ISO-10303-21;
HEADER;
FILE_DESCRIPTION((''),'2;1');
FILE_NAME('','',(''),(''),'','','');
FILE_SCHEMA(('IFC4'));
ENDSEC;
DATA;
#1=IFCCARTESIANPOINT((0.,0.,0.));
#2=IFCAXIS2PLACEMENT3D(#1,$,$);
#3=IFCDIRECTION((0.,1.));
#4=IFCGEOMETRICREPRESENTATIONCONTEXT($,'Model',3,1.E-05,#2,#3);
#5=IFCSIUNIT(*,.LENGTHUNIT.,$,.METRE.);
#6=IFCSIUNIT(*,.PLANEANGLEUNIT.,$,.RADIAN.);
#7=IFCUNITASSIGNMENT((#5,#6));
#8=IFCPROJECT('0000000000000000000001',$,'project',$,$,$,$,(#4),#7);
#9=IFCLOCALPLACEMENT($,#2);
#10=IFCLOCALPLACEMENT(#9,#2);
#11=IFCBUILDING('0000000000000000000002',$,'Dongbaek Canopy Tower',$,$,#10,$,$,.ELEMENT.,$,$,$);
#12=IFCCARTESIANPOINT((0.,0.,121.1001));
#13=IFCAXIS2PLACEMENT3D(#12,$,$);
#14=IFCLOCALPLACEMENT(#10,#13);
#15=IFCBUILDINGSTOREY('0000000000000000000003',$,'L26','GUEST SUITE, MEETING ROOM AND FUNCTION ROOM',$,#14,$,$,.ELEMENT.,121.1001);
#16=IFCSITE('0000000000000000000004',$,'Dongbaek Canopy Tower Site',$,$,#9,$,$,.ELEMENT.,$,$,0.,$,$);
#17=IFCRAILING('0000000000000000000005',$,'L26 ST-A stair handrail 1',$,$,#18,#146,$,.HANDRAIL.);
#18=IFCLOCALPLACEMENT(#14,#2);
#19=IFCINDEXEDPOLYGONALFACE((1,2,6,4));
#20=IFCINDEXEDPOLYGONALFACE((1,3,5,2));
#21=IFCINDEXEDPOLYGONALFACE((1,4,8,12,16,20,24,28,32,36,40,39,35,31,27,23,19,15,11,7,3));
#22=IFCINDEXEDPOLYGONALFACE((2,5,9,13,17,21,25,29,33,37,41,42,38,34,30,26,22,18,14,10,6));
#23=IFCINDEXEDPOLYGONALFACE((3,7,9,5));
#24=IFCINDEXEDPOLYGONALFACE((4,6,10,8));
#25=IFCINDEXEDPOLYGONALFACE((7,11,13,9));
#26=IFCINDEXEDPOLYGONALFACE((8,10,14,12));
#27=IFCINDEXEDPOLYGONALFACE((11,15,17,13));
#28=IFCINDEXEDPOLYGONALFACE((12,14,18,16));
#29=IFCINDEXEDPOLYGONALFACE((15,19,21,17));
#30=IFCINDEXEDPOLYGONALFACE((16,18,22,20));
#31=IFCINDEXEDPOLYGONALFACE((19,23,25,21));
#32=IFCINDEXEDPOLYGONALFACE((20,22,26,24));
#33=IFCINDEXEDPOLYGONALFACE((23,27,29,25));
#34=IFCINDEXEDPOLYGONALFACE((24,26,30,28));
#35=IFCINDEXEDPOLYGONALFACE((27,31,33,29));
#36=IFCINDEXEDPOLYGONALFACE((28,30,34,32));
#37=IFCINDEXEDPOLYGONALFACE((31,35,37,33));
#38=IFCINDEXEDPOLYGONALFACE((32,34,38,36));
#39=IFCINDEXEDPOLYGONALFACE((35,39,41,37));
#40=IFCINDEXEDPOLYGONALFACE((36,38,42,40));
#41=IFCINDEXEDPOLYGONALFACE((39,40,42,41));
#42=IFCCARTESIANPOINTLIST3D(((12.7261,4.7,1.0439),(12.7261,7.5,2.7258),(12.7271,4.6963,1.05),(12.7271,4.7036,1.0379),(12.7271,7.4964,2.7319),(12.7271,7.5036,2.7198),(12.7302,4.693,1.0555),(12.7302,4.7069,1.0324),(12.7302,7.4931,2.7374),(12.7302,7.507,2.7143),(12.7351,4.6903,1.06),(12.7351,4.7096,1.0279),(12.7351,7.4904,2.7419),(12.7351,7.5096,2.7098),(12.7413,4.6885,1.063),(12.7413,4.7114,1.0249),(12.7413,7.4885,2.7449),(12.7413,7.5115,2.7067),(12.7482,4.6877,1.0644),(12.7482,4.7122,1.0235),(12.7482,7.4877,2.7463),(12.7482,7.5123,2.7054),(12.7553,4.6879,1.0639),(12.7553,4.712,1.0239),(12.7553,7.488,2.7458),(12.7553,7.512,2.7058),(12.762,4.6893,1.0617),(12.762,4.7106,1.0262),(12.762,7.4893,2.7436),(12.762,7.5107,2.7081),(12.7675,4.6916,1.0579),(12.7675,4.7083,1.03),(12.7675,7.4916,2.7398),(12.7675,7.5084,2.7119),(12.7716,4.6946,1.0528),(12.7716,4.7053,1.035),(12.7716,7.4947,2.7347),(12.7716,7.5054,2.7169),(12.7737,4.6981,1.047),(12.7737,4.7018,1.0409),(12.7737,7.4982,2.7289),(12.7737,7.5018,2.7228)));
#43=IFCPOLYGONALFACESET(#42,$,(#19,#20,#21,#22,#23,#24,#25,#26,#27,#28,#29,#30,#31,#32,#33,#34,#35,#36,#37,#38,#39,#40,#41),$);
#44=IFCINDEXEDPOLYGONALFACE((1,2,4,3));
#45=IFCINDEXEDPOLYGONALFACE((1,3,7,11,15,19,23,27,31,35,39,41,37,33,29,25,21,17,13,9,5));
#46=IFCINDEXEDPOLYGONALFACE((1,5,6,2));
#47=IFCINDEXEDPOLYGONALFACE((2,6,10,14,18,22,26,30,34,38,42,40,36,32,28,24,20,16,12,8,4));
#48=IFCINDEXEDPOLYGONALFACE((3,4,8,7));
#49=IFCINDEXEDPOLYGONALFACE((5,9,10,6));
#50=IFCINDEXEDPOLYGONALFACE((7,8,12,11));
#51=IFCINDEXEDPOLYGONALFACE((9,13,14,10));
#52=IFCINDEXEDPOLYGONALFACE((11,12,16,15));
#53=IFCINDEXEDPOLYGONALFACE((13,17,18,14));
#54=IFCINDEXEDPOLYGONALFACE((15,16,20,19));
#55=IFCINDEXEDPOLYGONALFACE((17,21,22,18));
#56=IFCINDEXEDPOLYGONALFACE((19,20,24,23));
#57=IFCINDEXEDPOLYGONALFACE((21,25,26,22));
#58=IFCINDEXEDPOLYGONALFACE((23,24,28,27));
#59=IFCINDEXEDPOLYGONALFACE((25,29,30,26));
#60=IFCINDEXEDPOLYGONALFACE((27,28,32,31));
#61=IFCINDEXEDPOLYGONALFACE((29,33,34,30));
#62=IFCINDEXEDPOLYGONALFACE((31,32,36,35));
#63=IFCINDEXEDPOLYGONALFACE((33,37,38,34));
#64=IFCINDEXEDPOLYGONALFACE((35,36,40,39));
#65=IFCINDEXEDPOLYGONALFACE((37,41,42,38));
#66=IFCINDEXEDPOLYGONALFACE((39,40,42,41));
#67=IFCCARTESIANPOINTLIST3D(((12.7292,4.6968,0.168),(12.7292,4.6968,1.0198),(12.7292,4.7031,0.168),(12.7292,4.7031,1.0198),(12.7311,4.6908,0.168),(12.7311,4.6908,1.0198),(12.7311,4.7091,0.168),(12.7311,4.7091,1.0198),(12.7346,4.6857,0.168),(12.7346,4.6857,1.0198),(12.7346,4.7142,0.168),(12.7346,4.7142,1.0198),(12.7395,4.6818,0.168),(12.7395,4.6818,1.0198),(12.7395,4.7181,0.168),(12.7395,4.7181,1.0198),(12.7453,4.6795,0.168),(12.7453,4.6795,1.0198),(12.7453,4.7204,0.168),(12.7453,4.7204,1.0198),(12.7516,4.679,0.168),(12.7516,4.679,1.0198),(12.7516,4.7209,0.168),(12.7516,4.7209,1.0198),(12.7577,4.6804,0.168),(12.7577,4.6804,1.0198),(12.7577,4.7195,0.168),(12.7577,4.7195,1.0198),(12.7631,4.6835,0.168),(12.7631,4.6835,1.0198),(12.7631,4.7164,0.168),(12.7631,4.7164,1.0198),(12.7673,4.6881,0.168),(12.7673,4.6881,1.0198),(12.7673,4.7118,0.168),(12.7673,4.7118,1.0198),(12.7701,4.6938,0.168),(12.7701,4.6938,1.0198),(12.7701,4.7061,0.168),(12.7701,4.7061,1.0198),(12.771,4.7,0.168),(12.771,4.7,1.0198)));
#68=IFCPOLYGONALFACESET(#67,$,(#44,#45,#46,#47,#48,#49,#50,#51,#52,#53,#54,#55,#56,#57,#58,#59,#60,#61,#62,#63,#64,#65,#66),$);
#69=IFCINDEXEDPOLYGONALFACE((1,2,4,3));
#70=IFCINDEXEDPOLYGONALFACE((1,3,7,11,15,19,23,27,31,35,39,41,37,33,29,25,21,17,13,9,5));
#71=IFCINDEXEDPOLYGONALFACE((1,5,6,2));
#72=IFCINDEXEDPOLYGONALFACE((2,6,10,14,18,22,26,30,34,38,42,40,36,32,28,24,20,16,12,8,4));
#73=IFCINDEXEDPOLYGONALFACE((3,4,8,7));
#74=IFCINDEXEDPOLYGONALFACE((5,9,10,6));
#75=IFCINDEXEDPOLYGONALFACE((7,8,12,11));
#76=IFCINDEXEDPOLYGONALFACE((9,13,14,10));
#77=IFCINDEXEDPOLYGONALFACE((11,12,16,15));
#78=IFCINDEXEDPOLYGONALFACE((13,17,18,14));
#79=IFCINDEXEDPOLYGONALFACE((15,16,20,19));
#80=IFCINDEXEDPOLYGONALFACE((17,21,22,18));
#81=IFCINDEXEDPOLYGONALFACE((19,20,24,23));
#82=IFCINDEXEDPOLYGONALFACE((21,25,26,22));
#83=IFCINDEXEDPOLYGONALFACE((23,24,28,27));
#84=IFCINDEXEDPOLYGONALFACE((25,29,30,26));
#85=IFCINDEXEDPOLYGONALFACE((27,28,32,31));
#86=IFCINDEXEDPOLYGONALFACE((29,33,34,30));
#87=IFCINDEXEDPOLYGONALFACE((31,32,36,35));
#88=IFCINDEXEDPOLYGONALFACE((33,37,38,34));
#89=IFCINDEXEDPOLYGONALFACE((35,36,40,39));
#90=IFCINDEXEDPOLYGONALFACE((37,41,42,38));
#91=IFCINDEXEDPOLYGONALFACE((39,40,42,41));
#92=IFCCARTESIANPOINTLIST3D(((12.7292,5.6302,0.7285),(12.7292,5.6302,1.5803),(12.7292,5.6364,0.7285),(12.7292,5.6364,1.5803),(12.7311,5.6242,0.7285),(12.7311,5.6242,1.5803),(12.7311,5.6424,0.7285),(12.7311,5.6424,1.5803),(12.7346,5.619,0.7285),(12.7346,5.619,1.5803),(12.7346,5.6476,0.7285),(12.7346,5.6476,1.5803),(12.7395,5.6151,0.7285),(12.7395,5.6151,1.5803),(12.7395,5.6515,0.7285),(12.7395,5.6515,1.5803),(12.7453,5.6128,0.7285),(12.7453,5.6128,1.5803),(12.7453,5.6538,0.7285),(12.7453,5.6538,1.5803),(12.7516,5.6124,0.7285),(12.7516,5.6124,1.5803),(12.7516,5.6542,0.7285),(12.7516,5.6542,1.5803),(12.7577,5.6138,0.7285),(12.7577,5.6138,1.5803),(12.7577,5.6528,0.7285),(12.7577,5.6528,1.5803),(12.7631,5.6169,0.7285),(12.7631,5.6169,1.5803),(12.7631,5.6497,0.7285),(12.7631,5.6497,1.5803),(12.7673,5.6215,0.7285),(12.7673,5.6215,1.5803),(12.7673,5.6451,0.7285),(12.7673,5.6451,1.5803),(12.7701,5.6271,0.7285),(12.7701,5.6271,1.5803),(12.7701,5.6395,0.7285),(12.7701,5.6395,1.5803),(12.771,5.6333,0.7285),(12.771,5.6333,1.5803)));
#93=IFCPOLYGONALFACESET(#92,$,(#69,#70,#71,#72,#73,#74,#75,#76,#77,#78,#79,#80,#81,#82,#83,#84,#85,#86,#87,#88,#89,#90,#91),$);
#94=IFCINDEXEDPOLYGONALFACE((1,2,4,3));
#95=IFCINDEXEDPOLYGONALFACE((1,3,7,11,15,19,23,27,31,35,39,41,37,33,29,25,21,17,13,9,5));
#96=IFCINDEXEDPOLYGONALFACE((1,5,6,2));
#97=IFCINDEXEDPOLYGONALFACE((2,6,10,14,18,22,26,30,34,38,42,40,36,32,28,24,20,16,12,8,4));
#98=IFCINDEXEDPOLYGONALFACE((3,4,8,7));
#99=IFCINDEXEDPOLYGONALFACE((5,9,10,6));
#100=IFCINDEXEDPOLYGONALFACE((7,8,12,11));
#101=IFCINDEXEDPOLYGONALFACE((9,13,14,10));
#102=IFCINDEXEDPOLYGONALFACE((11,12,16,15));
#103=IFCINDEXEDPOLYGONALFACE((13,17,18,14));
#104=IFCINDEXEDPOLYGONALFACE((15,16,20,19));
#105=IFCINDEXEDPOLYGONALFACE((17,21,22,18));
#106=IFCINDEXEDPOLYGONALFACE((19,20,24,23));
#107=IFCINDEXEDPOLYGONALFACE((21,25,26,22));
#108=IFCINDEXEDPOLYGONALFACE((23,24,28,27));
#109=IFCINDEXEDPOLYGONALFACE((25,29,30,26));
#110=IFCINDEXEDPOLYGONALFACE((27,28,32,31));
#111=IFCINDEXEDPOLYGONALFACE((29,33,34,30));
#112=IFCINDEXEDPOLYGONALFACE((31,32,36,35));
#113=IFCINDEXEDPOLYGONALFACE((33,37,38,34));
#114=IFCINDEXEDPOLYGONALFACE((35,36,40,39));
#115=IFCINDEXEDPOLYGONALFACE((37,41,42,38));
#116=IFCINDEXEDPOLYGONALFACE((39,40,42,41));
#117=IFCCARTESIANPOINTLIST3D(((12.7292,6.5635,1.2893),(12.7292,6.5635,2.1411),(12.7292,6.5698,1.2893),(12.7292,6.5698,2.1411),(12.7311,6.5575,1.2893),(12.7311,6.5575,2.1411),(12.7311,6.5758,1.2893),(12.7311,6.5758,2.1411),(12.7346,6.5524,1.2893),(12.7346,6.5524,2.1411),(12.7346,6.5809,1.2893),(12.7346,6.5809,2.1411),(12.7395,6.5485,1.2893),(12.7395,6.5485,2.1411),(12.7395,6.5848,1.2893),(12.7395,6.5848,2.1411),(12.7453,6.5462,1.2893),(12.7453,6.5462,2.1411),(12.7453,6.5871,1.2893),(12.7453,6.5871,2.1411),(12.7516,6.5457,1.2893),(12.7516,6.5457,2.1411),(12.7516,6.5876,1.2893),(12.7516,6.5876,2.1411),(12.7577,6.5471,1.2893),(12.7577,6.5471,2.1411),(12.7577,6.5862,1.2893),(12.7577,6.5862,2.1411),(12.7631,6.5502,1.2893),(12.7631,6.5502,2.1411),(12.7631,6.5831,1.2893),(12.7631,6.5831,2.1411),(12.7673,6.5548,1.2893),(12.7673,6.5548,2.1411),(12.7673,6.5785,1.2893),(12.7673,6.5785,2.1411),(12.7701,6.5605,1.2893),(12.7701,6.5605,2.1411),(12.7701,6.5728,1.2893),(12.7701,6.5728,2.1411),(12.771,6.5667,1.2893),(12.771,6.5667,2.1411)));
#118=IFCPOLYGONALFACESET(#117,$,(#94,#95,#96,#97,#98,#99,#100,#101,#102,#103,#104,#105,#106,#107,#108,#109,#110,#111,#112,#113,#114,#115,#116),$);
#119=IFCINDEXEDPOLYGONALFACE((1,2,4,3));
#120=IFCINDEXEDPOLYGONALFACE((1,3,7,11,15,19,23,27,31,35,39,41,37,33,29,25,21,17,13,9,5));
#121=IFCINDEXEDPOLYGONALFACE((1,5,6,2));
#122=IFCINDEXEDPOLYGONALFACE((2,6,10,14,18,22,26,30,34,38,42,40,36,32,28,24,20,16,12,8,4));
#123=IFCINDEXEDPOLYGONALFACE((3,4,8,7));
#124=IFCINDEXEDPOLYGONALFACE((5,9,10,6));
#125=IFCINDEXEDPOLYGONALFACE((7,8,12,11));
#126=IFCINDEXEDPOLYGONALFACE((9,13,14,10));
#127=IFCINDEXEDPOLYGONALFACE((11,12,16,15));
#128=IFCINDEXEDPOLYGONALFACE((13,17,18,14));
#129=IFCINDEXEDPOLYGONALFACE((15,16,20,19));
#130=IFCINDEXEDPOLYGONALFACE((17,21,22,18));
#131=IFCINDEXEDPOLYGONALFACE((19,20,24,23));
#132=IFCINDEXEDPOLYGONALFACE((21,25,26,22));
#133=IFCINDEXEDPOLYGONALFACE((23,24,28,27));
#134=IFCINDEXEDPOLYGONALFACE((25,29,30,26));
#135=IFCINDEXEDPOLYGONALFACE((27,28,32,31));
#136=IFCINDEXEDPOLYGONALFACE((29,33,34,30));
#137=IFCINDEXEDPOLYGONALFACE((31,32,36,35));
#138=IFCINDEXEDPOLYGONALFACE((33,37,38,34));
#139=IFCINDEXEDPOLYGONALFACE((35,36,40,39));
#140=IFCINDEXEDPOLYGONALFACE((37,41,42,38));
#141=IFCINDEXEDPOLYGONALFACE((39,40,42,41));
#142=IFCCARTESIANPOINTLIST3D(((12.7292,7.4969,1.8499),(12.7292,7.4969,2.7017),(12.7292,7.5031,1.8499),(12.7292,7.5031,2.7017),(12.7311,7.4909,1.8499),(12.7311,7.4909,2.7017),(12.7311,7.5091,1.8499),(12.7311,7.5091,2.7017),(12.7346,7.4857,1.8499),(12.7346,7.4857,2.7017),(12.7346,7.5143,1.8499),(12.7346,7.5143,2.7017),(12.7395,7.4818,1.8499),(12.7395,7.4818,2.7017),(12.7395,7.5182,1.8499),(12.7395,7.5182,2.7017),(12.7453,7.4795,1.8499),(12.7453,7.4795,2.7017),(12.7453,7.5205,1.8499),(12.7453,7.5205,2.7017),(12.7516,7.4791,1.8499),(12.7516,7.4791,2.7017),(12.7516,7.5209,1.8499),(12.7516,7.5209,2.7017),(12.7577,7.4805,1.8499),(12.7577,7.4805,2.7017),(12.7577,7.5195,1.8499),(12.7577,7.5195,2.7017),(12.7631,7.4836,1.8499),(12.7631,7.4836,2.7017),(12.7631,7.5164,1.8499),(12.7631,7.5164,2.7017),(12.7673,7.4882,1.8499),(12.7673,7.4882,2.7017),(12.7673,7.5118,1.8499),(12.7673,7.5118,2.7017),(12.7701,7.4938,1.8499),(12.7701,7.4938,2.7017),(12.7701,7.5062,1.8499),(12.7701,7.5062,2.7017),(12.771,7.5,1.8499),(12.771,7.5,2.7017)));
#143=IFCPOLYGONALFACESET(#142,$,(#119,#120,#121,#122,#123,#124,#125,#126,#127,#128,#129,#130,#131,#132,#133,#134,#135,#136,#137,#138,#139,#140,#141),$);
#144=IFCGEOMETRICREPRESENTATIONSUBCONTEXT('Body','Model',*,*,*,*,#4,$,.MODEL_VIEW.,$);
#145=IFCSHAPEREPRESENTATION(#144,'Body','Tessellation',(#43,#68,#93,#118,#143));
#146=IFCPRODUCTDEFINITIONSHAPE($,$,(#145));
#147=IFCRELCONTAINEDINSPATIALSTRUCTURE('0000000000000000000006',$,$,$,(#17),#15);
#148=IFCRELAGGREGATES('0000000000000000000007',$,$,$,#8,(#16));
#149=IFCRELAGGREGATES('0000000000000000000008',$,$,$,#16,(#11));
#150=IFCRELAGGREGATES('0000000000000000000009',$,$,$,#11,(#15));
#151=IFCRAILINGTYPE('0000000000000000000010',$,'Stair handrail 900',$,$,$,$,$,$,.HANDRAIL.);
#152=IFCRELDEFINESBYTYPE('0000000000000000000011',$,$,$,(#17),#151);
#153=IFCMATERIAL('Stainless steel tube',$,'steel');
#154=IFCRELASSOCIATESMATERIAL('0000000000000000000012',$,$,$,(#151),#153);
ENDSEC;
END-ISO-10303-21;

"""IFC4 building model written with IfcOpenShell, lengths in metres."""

from ifc_helpers import new_model, si_unit, direction, frame, origin, origin_2d, place, context, subcontext, project, spatial, circle, extrude, material, type_object, element, save


model = new_model("IFC4")

# Units and contexts
model_context = context("Model", 3, precision=1e-05, world=origin(), true_north=direction((0.0, 1.0)))
body_context = subcontext(model_context, "Body", "Model", "MODEL_VIEW")
ifc_project = project(units=[si_unit("LENGTHUNIT", "METRE"), si_unit("PLANEANGLEUNIT", "RADIAN")], contexts=[model_context])

# Site, building, storey
site_placement = place(None, origin())
site = spatial("IfcSite", under=ifc_project, at=site_placement, Name="Dongbaek Canopy Tower Site", CompositionType="ELEMENT", RefElevation=0.0)
building_placement = place(site_placement, origin())
building = spatial("IfcBuilding", under=site, at=building_placement, Name="Dongbaek Canopy Tower", CompositionType="ELEMENT")
storey_placement = place(building_placement, frame((0.0, 0.0, 121.1001)))
storey = spatial("IfcBuildingStorey", under=building, at=storey_placement, Name="L26", Description="GUEST SUITE, MEETING ROOM AND FUNCTION ROOM", CompositionType="ELEMENT", Elevation=121.1001)

# Railing
ifc_material_1 = material(Name="Stainless steel tube", Category="steel")
railing_type_1 = type_object("IfcRailingType", Name="Stair handrail 900", PredefinedType="HANDRAIL", material=ifc_material_1)
railing_1_placement = place(storey_placement, frame((12.75, 4.7, 0.168)))
element("IfcRailing", 1, at=railing_1_placement, inside=storey, type_object=railing_type_1, Name="L26 ST-A stair handrail 1", PredefinedType="HANDRAIL", context=body_context, shape_type="SweptSolid", body=[
    extrude(circle(Radius=0.0239, at=origin_2d()), frame((0.0, 0.0, 0.876), z_axis=(0.0, 0.857242, 0.514913), x_axis=(-1.0, 0.0, 0.0)), (0.0, 0.0, 1.0), 3.2664),
    extrude(circle(Radius=0.021, at=origin_2d()), origin(), (0.0, 0.0, 1.0), 0.8518),
    extrude(circle(Radius=0.021, at=origin_2d()), frame((0.0, 0.9333, 0.5605)), (0.0, 0.0, 1.0), 0.8518),
    extrude(circle(Radius=0.021, at=origin_2d()), frame((0.0, 1.8667, 1.1213)), (0.0, 0.0, 1.0), 0.8518),
    extrude(circle(Radius=0.021, at=origin_2d()), frame((0.0, 2.8, 1.6819)), (0.0, 0.0, 1.0), 0.8518),
])

save(model, "model.ifc")
